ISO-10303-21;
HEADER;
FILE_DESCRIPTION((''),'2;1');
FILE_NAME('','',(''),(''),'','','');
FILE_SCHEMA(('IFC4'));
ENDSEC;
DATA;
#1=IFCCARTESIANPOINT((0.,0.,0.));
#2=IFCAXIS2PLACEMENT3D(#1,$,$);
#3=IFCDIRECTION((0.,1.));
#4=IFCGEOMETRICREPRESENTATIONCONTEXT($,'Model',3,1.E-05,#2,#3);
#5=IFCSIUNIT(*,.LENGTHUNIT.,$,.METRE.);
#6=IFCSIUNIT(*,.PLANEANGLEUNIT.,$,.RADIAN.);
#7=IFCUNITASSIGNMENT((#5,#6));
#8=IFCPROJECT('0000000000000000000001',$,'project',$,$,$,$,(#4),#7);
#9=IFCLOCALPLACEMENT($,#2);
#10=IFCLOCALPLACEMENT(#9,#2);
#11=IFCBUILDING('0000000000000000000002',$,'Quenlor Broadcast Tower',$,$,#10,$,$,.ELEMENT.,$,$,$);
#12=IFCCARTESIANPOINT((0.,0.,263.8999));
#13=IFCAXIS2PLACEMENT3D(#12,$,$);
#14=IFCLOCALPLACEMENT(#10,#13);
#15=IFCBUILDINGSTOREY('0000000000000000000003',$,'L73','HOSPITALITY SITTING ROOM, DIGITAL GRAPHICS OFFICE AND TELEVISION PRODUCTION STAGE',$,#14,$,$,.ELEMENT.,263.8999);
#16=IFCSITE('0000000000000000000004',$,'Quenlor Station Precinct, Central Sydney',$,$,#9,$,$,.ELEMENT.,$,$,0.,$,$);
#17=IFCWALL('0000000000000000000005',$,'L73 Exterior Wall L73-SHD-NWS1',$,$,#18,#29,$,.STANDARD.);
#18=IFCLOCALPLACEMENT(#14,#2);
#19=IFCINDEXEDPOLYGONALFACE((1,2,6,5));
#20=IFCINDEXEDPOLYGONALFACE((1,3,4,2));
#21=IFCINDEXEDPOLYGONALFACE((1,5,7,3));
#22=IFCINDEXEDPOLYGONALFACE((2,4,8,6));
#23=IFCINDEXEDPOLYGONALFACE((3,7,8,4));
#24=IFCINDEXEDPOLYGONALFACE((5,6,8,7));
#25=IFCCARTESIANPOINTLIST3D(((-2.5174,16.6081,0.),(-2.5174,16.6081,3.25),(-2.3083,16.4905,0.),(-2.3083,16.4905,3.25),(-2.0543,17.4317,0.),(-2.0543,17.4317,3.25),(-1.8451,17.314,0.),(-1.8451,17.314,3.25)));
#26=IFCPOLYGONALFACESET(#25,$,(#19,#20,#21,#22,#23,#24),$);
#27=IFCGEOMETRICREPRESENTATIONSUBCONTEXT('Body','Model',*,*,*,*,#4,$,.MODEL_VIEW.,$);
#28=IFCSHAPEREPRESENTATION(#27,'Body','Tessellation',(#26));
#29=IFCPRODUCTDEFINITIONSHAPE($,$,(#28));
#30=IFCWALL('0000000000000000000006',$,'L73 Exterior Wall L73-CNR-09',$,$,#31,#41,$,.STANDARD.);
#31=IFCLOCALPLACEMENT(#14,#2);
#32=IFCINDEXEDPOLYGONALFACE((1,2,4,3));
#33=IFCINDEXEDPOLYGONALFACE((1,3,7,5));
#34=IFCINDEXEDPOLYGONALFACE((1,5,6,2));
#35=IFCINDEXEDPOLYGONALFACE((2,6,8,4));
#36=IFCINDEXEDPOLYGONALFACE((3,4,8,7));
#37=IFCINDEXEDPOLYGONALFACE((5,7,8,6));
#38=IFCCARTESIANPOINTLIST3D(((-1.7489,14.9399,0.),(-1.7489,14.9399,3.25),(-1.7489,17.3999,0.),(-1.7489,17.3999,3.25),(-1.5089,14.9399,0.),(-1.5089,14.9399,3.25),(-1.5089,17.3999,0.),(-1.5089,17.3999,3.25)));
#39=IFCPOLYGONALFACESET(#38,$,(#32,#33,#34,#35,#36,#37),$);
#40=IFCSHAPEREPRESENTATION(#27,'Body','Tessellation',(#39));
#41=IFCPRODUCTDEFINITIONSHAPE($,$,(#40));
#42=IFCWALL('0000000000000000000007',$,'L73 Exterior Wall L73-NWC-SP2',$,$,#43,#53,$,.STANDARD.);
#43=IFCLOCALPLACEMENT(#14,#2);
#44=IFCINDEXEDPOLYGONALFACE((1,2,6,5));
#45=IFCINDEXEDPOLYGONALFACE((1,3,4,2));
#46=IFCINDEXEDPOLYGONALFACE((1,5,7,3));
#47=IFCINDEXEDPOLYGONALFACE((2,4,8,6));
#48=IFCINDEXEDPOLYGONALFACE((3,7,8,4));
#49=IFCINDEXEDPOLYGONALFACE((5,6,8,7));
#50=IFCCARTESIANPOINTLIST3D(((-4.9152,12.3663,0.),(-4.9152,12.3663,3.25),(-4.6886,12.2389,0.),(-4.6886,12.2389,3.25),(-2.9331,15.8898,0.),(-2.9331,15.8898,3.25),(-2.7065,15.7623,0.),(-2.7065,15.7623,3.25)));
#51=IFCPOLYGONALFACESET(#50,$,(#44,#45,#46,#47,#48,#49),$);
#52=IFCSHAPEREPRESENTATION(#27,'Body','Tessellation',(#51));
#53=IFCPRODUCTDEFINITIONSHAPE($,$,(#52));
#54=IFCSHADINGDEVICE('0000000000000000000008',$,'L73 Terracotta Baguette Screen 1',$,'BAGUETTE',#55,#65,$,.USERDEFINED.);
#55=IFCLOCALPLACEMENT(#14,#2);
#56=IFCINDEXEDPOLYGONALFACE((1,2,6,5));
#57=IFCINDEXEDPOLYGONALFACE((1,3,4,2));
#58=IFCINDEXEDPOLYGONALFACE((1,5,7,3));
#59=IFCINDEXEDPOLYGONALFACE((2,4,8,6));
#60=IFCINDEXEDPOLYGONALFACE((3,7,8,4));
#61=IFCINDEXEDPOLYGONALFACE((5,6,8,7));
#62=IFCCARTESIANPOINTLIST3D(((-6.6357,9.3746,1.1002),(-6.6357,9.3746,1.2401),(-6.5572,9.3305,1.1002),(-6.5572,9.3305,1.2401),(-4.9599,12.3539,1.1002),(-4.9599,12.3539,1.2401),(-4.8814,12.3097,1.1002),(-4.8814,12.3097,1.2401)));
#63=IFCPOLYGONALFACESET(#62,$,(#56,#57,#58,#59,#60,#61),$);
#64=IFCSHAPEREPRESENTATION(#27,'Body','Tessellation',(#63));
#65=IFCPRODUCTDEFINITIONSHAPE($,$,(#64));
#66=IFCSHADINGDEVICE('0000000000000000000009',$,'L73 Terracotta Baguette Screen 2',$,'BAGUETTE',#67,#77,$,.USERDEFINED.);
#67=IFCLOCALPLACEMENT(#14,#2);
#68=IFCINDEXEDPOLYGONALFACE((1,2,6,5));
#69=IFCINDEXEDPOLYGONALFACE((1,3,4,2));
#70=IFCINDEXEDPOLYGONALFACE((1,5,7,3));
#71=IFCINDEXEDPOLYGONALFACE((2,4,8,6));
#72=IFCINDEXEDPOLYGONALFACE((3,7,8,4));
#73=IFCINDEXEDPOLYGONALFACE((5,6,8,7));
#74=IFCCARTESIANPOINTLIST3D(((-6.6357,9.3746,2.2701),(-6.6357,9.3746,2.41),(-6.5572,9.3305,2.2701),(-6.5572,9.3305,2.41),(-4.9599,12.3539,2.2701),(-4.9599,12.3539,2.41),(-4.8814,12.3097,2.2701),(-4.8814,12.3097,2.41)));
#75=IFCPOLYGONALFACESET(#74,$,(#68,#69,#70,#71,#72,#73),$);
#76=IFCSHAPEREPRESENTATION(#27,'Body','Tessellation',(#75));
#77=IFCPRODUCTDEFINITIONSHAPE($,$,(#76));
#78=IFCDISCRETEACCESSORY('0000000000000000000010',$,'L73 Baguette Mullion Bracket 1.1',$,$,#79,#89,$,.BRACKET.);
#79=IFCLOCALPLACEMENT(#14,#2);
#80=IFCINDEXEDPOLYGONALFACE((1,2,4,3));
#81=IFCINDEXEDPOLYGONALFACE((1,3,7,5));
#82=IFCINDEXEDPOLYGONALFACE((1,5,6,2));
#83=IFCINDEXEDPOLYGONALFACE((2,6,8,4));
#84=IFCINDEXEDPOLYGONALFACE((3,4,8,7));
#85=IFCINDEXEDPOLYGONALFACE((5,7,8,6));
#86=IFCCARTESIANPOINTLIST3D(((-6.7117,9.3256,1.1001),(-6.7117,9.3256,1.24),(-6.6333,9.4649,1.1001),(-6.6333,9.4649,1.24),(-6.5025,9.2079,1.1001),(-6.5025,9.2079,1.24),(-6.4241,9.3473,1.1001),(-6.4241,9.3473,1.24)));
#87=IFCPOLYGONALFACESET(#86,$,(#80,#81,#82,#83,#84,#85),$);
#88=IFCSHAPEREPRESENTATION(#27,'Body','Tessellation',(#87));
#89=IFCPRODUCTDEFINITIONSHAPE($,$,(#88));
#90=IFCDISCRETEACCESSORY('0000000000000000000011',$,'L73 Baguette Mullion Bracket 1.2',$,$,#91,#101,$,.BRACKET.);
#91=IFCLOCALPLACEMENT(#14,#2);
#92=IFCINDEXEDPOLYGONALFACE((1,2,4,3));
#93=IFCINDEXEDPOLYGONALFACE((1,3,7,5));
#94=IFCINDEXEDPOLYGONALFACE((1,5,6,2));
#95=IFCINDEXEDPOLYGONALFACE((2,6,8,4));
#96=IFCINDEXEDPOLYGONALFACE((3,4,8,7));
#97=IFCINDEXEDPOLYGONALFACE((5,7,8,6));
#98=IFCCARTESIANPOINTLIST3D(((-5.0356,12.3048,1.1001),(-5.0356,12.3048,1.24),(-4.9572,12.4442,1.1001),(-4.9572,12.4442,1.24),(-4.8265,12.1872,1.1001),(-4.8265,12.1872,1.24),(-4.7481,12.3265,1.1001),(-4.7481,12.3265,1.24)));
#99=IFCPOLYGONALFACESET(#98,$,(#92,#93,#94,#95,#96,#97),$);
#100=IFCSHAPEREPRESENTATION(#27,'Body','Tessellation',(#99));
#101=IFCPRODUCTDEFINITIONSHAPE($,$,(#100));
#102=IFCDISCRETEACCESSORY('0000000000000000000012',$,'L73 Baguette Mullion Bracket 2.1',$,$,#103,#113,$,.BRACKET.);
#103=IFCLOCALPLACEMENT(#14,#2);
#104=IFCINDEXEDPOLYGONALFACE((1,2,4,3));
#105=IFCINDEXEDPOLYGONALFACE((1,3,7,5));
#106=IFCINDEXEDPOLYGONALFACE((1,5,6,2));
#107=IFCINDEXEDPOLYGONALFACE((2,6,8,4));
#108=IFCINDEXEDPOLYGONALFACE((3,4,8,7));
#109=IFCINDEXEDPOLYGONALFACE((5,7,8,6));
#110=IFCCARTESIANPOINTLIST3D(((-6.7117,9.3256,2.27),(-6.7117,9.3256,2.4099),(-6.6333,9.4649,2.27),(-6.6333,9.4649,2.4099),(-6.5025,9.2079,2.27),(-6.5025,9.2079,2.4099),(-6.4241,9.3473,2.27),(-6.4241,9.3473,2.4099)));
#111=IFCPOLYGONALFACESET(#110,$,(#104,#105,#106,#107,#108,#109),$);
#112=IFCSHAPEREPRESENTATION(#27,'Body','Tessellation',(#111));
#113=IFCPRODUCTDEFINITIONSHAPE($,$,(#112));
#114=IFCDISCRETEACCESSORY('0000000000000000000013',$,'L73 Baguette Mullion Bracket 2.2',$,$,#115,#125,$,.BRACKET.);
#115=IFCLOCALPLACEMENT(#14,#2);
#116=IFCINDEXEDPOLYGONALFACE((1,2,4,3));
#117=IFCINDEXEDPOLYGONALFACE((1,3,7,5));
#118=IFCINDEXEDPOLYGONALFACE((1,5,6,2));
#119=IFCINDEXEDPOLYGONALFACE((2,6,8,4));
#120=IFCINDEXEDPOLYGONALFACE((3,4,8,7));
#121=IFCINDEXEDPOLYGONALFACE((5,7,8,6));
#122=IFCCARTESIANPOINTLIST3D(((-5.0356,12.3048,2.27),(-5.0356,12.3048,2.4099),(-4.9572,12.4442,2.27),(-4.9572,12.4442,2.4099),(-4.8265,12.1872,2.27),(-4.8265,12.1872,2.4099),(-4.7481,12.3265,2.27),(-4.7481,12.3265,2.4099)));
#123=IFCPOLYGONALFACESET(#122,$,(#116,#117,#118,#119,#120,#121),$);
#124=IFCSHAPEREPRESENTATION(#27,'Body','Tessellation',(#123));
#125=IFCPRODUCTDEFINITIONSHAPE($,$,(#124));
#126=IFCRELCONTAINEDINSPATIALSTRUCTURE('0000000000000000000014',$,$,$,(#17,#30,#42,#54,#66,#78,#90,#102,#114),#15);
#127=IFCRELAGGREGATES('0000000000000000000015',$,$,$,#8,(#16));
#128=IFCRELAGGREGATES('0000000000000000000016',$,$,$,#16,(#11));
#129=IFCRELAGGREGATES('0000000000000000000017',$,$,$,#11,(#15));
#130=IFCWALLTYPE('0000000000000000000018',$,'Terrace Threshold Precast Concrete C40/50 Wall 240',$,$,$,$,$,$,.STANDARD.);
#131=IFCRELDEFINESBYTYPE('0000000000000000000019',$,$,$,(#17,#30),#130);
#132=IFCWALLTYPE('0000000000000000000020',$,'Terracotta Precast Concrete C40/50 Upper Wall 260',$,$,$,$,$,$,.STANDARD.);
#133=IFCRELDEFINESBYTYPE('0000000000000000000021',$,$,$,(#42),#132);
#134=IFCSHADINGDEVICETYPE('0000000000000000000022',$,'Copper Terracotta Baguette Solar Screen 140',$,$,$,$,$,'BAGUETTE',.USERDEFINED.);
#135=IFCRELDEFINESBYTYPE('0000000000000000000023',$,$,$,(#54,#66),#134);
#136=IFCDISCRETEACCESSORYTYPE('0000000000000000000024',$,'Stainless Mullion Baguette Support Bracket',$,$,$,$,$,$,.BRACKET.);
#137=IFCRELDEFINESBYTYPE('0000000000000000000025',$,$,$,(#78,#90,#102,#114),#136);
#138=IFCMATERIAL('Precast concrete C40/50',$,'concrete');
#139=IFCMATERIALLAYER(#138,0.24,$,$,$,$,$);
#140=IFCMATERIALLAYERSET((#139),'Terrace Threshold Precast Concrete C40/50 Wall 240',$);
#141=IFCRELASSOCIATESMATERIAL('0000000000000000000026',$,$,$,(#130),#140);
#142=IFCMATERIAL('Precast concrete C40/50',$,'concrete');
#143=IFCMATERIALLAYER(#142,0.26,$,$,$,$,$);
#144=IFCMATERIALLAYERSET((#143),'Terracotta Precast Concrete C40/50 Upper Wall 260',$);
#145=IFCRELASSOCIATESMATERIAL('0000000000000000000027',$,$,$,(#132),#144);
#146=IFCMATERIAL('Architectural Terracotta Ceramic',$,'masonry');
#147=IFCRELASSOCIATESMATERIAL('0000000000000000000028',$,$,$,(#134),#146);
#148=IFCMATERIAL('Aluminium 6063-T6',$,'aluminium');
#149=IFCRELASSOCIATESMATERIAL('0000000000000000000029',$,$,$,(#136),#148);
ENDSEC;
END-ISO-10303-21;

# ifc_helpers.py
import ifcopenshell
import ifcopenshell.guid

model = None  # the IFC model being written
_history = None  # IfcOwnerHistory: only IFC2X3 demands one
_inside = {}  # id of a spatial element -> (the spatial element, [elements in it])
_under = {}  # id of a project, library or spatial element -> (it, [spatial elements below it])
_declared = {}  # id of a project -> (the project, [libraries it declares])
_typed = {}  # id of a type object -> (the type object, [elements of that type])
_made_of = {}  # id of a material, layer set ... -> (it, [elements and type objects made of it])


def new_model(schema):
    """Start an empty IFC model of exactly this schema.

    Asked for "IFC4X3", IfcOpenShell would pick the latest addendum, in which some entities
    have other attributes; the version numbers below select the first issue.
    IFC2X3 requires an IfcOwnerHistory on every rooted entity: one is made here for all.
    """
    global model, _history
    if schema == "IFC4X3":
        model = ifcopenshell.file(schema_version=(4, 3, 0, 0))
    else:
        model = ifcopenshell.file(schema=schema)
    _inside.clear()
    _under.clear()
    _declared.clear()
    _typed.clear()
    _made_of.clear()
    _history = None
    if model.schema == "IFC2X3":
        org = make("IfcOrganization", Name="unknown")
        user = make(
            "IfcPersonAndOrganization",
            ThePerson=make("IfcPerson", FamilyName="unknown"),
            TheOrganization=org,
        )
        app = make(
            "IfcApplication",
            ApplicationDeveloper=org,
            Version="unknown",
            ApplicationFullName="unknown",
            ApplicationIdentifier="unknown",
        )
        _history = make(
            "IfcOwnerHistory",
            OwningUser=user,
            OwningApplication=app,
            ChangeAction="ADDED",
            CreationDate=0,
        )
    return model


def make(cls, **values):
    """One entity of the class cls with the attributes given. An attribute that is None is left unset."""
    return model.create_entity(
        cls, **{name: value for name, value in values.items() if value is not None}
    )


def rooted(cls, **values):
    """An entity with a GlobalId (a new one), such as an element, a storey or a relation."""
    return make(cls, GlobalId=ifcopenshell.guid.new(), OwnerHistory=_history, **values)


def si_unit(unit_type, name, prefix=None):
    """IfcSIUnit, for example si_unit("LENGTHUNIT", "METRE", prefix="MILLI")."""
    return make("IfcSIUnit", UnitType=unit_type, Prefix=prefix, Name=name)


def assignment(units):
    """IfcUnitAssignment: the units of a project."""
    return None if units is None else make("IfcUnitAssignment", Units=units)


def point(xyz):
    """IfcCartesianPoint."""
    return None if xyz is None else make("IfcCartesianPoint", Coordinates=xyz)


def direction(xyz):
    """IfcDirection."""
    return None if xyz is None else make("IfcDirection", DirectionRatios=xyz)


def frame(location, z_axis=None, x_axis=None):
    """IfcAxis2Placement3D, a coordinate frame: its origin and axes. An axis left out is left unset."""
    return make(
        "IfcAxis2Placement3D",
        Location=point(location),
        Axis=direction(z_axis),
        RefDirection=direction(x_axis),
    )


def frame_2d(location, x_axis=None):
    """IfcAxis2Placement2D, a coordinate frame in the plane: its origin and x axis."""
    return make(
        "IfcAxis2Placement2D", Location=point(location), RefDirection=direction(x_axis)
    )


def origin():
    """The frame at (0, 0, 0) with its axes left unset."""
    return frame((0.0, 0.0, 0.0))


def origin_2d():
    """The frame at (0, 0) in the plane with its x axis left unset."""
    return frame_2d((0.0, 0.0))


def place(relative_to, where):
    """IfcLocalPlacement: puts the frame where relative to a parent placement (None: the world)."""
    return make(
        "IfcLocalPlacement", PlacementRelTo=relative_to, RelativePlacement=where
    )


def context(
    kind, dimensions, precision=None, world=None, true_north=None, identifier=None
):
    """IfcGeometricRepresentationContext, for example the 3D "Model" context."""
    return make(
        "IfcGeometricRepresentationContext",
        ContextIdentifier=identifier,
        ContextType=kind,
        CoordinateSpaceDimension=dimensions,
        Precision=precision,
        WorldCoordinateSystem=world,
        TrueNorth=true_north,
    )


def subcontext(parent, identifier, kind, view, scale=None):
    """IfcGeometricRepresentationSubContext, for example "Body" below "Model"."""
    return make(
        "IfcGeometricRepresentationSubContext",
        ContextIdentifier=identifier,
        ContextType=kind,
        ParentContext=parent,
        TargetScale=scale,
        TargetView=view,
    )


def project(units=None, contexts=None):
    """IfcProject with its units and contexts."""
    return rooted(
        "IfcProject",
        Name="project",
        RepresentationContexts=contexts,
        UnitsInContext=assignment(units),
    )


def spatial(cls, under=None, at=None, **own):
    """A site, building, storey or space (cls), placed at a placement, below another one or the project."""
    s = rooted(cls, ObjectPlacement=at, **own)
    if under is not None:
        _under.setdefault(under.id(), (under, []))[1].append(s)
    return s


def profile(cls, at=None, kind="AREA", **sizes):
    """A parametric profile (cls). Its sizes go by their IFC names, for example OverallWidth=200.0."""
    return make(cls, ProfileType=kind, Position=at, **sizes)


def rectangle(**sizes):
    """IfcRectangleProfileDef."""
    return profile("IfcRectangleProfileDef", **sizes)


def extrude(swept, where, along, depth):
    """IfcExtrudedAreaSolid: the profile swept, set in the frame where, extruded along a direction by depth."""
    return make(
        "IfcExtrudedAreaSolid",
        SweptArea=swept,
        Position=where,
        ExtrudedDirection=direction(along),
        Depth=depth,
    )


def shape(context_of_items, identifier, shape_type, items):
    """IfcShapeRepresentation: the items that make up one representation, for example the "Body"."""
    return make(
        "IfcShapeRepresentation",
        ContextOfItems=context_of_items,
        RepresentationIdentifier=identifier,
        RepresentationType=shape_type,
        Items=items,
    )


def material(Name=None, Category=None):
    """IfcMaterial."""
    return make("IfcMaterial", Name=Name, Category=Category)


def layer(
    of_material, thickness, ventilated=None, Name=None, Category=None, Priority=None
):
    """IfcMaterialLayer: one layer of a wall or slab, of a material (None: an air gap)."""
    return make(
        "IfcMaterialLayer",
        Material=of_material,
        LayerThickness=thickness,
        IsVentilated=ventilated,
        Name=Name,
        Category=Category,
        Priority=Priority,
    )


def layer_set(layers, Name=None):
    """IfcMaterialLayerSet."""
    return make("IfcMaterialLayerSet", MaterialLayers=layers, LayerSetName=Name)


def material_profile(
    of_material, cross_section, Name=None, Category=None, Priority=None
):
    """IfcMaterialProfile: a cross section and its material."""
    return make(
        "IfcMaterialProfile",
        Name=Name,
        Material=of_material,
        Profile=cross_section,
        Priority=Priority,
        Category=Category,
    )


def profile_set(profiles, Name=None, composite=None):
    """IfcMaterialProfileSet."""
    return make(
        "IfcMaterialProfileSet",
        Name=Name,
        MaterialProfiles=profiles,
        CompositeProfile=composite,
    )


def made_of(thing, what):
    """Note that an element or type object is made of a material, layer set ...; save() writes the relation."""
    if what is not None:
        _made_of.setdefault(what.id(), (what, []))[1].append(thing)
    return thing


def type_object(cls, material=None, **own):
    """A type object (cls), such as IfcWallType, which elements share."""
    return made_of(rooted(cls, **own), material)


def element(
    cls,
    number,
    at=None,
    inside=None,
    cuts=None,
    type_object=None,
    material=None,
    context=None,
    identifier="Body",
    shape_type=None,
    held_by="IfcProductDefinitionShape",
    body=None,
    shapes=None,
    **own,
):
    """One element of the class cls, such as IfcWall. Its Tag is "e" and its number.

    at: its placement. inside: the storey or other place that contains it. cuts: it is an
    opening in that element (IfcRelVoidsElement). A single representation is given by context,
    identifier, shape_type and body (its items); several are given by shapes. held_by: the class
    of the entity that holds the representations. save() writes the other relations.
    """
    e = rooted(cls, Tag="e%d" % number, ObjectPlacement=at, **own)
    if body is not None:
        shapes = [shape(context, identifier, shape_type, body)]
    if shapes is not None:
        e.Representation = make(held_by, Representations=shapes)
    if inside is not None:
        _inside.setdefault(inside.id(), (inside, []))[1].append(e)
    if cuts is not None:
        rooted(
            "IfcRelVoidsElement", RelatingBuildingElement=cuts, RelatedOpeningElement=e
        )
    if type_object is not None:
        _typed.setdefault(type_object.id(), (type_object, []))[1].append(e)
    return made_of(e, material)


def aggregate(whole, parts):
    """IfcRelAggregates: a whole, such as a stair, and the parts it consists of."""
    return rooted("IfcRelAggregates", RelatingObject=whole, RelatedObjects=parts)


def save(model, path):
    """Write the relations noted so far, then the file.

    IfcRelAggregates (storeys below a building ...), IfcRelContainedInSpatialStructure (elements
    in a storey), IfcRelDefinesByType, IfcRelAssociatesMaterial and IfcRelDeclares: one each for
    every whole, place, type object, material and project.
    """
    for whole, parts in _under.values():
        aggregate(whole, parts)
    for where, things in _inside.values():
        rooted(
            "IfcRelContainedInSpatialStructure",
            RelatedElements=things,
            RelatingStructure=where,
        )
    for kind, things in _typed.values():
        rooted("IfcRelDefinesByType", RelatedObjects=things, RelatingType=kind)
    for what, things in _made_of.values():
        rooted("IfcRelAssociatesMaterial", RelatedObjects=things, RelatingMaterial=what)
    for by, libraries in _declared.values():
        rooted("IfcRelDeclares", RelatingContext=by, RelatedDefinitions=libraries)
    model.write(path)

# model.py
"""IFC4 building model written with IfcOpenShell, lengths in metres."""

from ifc_helpers import new_model, si_unit, direction, frame, frame_2d, origin, origin_2d, place, context, subcontext, project, spatial, rectangle, extrude, material, layer, layer_set, material_profile, profile_set, type_object, element, save


model = new_model("IFC4")

# Units and contexts
model_context = context("Model", 3, precision=1e-05, world=origin(), true_north=direction((0.0, 1.0)))
body_context = subcontext(model_context, "Body", "Model", "MODEL_VIEW")
ifc_project = project(units=[si_unit("LENGTHUNIT", "METRE"), si_unit("PLANEANGLEUNIT", "RADIAN")], contexts=[model_context])

# Site, building, storey
site_placement = place(None, origin())
site = spatial("IfcSite", under=ifc_project, at=site_placement, Name="Quenlor Station Precinct, Central Sydney", CompositionType="ELEMENT", RefElevation=0.0)
building_placement = place(site_placement, origin())
building = spatial("IfcBuilding", under=site, at=building_placement, Name="Quenlor Broadcast Tower", CompositionType="ELEMENT")
storey_placement = place(building_placement, frame((0.0, 0.0, 263.8999)))
storey = spatial("IfcBuildingStorey", under=building, at=storey_placement, Name="L73", Description="HOSPITALITY SITTING ROOM, DIGITAL GRAPHICS OFFICE AND TELEVISION PRODUCTION STAGE", CompositionType="ELEMENT", Elevation=263.8999)

# Walls
ifc_material_1 = material(Name="Precast concrete C40/50", Category="concrete")
ifc_layer_1 = layer(ifc_material_1, 0.24)
ifc_layer_set_1 = layer_set([ifc_layer_1], Name="Terrace Threshold Precast Concrete C40/50 Wall 240")
wall_type_1 = type_object("IfcWallType", Name="Terrace Threshold Precast Concrete C40/50 Wall 240", PredefinedType="STANDARD", material=ifc_layer_set_1)
wall_1_placement = place(storey_placement, frame((-2.4128, 16.5493, 0.0), z_axis=(0.0, 0.0, 1.0), x_axis=(0.4902, 0.87161, 0.0)))
element("IfcWall", 1, at=wall_1_placement, inside=storey, type_object=wall_type_1, Name="L73 Exterior Wall L73-SHD-NWS1", PredefinedType="STANDARD", context=body_context, shape_type="SweptSolid", body=[
    extrude(rectangle(XDim=0.9448, YDim=0.24, at=frame_2d((0.4724, 0.0))), origin(), (0.0, 0.0, 1.0), 3.25),
])
wall_2_placement = place(storey_placement, frame((-1.6289, 14.9399, 0.0), z_axis=(0.0, 0.0, 1.0), x_axis=(0.0, 1.0, 0.0)))
element("IfcWall", 2, at=wall_2_placement, inside=storey, type_object=wall_type_1, Name="L73 Exterior Wall L73-CNR-09", PredefinedType="STANDARD", context=body_context, shape_type="SweptSolid", body=[
    extrude(rectangle(XDim=2.46, YDim=0.24, at=frame_2d((1.23, 0.0))), origin(), (0.0, 0.0, 1.0), 3.25),
])
ifc_material_2 = material(Name="Precast concrete C40/50", Category="concrete")
ifc_layer_2 = layer(ifc_material_2, 0.26)
ifc_layer_set_2 = layer_set([ifc_layer_2], Name="Terracotta Precast Concrete C40/50 Upper Wall 260")
wall_type_2 = type_object("IfcWallType", Name="Terracotta Precast Concrete C40/50 Upper Wall 260", PredefinedType="STANDARD", material=ifc_layer_set_2)
wall_3_placement = place(storey_placement, frame((-4.802, 12.3025, 0.0), z_axis=(0.0, 0.0, 1.0), x_axis=(0.490307, 0.87155, 0.0)))
element("IfcWall", 3, at=wall_3_placement, inside=storey, type_object=wall_type_2, Name="L73 Exterior Wall L73-NWC-SP2", PredefinedType="STANDARD", context=body_context, shape_type="SweptSolid", body=[
    extrude(rectangle(XDim=4.0427, YDim=0.26, at=frame_2d((2.0215, 0.0))), origin(), (0.0, 0.0, 1.0), 3.25),
])

# Shading devices
ifc_material_3 = material(Name="Architectural Terracotta Ceramic", Category="masonry")
ifc_material_profile_1 = material_profile(ifc_material_3, rectangle(XDim=0.0901, YDim=0.1399, at=origin_2d()))
ifc_profile_set_1 = profile_set([ifc_material_profile_1], Name="Architectural Terracotta Ceramic BAG90x140")
shading_device_type = type_object("IfcShadingDeviceType", Name="Copper Terracotta Baguette Solar Screen 140", ElementType="BAGUETTE", PredefinedType="USERDEFINED", material=ifc_profile_set_1)
for number, where, z_axis, x_axis, name in (
    (4, (-6.5964, 9.3525, 1.1702), (0.490251, 0.871581, 0.0), (-0.871581, 0.490251, 0.0), "L73 Terracotta Baguette Screen 1"),
    (5, (-6.5964, 9.3525, 2.3401), (0.490251, 0.871581, 0.0), (-0.871581, 0.490251, 0.0), "L73 Terracotta Baguette Screen 2"),
):
    element("IfcShadingDevice", number, at=place(storey_placement, frame(where, z_axis=z_axis, x_axis=x_axis)), inside=storey, type_object=shading_device_type, Name=name, ObjectType="BAGUETTE", PredefinedType="USERDEFINED", context=body_context, shape_type="SweptSolid", body=[
        extrude(rectangle(XDim=0.0901, YDim=0.1399, at=origin_2d()), origin(), (0.0, 0.0, 1.0), 3.4182),
    ])

# Discrete accessories
ifc_material_4 = material(Name="Aluminium 6063-T6", Category="aluminium")
discrete_accessory_type = type_object("IfcDiscreteAccessoryType", Name="Stainless Mullion Baguette Support Bracket", PredefinedType="BRACKET", material=ifc_material_4)
for number, where, z_axis, x_axis, name in (
    (6, (-6.5679, 9.3364, 1.1001), (0.0, 0.0, 1.0), (0.49025, 0.871582, 0.0), "L73 Baguette Mullion Bracket 1.1"),
    (7, (-4.8918, 12.3157, 1.1001), (0.0, 0.0, 1.0), (0.49025, 0.871582, 0.0), "L73 Baguette Mullion Bracket 1.2"),
    (8, (-6.5679, 9.3364, 2.27), (0.0, 0.0, 1.0), (0.49025, 0.871582, 0.0), "L73 Baguette Mullion Bracket 2.1"),
    (9, (-4.8918, 12.3157, 2.27), (0.0, 0.0, 1.0), (0.49025, 0.871582, 0.0), "L73 Baguette Mullion Bracket 2.2"),
):
    element("IfcDiscreteAccessory", number, at=place(storey_placement, frame(where, z_axis=z_axis, x_axis=x_axis)), inside=storey, type_object=discrete_accessory_type, Name=name, PredefinedType="BRACKET", context=body_context, shape_type="SweptSolid", body=[
        extrude(rectangle(XDim=0.1599, YDim=0.24, at=origin_2d()), origin(), (0.0, 0.0, 1.0), 0.1399),
    ])

save(model, "model.ifc")
